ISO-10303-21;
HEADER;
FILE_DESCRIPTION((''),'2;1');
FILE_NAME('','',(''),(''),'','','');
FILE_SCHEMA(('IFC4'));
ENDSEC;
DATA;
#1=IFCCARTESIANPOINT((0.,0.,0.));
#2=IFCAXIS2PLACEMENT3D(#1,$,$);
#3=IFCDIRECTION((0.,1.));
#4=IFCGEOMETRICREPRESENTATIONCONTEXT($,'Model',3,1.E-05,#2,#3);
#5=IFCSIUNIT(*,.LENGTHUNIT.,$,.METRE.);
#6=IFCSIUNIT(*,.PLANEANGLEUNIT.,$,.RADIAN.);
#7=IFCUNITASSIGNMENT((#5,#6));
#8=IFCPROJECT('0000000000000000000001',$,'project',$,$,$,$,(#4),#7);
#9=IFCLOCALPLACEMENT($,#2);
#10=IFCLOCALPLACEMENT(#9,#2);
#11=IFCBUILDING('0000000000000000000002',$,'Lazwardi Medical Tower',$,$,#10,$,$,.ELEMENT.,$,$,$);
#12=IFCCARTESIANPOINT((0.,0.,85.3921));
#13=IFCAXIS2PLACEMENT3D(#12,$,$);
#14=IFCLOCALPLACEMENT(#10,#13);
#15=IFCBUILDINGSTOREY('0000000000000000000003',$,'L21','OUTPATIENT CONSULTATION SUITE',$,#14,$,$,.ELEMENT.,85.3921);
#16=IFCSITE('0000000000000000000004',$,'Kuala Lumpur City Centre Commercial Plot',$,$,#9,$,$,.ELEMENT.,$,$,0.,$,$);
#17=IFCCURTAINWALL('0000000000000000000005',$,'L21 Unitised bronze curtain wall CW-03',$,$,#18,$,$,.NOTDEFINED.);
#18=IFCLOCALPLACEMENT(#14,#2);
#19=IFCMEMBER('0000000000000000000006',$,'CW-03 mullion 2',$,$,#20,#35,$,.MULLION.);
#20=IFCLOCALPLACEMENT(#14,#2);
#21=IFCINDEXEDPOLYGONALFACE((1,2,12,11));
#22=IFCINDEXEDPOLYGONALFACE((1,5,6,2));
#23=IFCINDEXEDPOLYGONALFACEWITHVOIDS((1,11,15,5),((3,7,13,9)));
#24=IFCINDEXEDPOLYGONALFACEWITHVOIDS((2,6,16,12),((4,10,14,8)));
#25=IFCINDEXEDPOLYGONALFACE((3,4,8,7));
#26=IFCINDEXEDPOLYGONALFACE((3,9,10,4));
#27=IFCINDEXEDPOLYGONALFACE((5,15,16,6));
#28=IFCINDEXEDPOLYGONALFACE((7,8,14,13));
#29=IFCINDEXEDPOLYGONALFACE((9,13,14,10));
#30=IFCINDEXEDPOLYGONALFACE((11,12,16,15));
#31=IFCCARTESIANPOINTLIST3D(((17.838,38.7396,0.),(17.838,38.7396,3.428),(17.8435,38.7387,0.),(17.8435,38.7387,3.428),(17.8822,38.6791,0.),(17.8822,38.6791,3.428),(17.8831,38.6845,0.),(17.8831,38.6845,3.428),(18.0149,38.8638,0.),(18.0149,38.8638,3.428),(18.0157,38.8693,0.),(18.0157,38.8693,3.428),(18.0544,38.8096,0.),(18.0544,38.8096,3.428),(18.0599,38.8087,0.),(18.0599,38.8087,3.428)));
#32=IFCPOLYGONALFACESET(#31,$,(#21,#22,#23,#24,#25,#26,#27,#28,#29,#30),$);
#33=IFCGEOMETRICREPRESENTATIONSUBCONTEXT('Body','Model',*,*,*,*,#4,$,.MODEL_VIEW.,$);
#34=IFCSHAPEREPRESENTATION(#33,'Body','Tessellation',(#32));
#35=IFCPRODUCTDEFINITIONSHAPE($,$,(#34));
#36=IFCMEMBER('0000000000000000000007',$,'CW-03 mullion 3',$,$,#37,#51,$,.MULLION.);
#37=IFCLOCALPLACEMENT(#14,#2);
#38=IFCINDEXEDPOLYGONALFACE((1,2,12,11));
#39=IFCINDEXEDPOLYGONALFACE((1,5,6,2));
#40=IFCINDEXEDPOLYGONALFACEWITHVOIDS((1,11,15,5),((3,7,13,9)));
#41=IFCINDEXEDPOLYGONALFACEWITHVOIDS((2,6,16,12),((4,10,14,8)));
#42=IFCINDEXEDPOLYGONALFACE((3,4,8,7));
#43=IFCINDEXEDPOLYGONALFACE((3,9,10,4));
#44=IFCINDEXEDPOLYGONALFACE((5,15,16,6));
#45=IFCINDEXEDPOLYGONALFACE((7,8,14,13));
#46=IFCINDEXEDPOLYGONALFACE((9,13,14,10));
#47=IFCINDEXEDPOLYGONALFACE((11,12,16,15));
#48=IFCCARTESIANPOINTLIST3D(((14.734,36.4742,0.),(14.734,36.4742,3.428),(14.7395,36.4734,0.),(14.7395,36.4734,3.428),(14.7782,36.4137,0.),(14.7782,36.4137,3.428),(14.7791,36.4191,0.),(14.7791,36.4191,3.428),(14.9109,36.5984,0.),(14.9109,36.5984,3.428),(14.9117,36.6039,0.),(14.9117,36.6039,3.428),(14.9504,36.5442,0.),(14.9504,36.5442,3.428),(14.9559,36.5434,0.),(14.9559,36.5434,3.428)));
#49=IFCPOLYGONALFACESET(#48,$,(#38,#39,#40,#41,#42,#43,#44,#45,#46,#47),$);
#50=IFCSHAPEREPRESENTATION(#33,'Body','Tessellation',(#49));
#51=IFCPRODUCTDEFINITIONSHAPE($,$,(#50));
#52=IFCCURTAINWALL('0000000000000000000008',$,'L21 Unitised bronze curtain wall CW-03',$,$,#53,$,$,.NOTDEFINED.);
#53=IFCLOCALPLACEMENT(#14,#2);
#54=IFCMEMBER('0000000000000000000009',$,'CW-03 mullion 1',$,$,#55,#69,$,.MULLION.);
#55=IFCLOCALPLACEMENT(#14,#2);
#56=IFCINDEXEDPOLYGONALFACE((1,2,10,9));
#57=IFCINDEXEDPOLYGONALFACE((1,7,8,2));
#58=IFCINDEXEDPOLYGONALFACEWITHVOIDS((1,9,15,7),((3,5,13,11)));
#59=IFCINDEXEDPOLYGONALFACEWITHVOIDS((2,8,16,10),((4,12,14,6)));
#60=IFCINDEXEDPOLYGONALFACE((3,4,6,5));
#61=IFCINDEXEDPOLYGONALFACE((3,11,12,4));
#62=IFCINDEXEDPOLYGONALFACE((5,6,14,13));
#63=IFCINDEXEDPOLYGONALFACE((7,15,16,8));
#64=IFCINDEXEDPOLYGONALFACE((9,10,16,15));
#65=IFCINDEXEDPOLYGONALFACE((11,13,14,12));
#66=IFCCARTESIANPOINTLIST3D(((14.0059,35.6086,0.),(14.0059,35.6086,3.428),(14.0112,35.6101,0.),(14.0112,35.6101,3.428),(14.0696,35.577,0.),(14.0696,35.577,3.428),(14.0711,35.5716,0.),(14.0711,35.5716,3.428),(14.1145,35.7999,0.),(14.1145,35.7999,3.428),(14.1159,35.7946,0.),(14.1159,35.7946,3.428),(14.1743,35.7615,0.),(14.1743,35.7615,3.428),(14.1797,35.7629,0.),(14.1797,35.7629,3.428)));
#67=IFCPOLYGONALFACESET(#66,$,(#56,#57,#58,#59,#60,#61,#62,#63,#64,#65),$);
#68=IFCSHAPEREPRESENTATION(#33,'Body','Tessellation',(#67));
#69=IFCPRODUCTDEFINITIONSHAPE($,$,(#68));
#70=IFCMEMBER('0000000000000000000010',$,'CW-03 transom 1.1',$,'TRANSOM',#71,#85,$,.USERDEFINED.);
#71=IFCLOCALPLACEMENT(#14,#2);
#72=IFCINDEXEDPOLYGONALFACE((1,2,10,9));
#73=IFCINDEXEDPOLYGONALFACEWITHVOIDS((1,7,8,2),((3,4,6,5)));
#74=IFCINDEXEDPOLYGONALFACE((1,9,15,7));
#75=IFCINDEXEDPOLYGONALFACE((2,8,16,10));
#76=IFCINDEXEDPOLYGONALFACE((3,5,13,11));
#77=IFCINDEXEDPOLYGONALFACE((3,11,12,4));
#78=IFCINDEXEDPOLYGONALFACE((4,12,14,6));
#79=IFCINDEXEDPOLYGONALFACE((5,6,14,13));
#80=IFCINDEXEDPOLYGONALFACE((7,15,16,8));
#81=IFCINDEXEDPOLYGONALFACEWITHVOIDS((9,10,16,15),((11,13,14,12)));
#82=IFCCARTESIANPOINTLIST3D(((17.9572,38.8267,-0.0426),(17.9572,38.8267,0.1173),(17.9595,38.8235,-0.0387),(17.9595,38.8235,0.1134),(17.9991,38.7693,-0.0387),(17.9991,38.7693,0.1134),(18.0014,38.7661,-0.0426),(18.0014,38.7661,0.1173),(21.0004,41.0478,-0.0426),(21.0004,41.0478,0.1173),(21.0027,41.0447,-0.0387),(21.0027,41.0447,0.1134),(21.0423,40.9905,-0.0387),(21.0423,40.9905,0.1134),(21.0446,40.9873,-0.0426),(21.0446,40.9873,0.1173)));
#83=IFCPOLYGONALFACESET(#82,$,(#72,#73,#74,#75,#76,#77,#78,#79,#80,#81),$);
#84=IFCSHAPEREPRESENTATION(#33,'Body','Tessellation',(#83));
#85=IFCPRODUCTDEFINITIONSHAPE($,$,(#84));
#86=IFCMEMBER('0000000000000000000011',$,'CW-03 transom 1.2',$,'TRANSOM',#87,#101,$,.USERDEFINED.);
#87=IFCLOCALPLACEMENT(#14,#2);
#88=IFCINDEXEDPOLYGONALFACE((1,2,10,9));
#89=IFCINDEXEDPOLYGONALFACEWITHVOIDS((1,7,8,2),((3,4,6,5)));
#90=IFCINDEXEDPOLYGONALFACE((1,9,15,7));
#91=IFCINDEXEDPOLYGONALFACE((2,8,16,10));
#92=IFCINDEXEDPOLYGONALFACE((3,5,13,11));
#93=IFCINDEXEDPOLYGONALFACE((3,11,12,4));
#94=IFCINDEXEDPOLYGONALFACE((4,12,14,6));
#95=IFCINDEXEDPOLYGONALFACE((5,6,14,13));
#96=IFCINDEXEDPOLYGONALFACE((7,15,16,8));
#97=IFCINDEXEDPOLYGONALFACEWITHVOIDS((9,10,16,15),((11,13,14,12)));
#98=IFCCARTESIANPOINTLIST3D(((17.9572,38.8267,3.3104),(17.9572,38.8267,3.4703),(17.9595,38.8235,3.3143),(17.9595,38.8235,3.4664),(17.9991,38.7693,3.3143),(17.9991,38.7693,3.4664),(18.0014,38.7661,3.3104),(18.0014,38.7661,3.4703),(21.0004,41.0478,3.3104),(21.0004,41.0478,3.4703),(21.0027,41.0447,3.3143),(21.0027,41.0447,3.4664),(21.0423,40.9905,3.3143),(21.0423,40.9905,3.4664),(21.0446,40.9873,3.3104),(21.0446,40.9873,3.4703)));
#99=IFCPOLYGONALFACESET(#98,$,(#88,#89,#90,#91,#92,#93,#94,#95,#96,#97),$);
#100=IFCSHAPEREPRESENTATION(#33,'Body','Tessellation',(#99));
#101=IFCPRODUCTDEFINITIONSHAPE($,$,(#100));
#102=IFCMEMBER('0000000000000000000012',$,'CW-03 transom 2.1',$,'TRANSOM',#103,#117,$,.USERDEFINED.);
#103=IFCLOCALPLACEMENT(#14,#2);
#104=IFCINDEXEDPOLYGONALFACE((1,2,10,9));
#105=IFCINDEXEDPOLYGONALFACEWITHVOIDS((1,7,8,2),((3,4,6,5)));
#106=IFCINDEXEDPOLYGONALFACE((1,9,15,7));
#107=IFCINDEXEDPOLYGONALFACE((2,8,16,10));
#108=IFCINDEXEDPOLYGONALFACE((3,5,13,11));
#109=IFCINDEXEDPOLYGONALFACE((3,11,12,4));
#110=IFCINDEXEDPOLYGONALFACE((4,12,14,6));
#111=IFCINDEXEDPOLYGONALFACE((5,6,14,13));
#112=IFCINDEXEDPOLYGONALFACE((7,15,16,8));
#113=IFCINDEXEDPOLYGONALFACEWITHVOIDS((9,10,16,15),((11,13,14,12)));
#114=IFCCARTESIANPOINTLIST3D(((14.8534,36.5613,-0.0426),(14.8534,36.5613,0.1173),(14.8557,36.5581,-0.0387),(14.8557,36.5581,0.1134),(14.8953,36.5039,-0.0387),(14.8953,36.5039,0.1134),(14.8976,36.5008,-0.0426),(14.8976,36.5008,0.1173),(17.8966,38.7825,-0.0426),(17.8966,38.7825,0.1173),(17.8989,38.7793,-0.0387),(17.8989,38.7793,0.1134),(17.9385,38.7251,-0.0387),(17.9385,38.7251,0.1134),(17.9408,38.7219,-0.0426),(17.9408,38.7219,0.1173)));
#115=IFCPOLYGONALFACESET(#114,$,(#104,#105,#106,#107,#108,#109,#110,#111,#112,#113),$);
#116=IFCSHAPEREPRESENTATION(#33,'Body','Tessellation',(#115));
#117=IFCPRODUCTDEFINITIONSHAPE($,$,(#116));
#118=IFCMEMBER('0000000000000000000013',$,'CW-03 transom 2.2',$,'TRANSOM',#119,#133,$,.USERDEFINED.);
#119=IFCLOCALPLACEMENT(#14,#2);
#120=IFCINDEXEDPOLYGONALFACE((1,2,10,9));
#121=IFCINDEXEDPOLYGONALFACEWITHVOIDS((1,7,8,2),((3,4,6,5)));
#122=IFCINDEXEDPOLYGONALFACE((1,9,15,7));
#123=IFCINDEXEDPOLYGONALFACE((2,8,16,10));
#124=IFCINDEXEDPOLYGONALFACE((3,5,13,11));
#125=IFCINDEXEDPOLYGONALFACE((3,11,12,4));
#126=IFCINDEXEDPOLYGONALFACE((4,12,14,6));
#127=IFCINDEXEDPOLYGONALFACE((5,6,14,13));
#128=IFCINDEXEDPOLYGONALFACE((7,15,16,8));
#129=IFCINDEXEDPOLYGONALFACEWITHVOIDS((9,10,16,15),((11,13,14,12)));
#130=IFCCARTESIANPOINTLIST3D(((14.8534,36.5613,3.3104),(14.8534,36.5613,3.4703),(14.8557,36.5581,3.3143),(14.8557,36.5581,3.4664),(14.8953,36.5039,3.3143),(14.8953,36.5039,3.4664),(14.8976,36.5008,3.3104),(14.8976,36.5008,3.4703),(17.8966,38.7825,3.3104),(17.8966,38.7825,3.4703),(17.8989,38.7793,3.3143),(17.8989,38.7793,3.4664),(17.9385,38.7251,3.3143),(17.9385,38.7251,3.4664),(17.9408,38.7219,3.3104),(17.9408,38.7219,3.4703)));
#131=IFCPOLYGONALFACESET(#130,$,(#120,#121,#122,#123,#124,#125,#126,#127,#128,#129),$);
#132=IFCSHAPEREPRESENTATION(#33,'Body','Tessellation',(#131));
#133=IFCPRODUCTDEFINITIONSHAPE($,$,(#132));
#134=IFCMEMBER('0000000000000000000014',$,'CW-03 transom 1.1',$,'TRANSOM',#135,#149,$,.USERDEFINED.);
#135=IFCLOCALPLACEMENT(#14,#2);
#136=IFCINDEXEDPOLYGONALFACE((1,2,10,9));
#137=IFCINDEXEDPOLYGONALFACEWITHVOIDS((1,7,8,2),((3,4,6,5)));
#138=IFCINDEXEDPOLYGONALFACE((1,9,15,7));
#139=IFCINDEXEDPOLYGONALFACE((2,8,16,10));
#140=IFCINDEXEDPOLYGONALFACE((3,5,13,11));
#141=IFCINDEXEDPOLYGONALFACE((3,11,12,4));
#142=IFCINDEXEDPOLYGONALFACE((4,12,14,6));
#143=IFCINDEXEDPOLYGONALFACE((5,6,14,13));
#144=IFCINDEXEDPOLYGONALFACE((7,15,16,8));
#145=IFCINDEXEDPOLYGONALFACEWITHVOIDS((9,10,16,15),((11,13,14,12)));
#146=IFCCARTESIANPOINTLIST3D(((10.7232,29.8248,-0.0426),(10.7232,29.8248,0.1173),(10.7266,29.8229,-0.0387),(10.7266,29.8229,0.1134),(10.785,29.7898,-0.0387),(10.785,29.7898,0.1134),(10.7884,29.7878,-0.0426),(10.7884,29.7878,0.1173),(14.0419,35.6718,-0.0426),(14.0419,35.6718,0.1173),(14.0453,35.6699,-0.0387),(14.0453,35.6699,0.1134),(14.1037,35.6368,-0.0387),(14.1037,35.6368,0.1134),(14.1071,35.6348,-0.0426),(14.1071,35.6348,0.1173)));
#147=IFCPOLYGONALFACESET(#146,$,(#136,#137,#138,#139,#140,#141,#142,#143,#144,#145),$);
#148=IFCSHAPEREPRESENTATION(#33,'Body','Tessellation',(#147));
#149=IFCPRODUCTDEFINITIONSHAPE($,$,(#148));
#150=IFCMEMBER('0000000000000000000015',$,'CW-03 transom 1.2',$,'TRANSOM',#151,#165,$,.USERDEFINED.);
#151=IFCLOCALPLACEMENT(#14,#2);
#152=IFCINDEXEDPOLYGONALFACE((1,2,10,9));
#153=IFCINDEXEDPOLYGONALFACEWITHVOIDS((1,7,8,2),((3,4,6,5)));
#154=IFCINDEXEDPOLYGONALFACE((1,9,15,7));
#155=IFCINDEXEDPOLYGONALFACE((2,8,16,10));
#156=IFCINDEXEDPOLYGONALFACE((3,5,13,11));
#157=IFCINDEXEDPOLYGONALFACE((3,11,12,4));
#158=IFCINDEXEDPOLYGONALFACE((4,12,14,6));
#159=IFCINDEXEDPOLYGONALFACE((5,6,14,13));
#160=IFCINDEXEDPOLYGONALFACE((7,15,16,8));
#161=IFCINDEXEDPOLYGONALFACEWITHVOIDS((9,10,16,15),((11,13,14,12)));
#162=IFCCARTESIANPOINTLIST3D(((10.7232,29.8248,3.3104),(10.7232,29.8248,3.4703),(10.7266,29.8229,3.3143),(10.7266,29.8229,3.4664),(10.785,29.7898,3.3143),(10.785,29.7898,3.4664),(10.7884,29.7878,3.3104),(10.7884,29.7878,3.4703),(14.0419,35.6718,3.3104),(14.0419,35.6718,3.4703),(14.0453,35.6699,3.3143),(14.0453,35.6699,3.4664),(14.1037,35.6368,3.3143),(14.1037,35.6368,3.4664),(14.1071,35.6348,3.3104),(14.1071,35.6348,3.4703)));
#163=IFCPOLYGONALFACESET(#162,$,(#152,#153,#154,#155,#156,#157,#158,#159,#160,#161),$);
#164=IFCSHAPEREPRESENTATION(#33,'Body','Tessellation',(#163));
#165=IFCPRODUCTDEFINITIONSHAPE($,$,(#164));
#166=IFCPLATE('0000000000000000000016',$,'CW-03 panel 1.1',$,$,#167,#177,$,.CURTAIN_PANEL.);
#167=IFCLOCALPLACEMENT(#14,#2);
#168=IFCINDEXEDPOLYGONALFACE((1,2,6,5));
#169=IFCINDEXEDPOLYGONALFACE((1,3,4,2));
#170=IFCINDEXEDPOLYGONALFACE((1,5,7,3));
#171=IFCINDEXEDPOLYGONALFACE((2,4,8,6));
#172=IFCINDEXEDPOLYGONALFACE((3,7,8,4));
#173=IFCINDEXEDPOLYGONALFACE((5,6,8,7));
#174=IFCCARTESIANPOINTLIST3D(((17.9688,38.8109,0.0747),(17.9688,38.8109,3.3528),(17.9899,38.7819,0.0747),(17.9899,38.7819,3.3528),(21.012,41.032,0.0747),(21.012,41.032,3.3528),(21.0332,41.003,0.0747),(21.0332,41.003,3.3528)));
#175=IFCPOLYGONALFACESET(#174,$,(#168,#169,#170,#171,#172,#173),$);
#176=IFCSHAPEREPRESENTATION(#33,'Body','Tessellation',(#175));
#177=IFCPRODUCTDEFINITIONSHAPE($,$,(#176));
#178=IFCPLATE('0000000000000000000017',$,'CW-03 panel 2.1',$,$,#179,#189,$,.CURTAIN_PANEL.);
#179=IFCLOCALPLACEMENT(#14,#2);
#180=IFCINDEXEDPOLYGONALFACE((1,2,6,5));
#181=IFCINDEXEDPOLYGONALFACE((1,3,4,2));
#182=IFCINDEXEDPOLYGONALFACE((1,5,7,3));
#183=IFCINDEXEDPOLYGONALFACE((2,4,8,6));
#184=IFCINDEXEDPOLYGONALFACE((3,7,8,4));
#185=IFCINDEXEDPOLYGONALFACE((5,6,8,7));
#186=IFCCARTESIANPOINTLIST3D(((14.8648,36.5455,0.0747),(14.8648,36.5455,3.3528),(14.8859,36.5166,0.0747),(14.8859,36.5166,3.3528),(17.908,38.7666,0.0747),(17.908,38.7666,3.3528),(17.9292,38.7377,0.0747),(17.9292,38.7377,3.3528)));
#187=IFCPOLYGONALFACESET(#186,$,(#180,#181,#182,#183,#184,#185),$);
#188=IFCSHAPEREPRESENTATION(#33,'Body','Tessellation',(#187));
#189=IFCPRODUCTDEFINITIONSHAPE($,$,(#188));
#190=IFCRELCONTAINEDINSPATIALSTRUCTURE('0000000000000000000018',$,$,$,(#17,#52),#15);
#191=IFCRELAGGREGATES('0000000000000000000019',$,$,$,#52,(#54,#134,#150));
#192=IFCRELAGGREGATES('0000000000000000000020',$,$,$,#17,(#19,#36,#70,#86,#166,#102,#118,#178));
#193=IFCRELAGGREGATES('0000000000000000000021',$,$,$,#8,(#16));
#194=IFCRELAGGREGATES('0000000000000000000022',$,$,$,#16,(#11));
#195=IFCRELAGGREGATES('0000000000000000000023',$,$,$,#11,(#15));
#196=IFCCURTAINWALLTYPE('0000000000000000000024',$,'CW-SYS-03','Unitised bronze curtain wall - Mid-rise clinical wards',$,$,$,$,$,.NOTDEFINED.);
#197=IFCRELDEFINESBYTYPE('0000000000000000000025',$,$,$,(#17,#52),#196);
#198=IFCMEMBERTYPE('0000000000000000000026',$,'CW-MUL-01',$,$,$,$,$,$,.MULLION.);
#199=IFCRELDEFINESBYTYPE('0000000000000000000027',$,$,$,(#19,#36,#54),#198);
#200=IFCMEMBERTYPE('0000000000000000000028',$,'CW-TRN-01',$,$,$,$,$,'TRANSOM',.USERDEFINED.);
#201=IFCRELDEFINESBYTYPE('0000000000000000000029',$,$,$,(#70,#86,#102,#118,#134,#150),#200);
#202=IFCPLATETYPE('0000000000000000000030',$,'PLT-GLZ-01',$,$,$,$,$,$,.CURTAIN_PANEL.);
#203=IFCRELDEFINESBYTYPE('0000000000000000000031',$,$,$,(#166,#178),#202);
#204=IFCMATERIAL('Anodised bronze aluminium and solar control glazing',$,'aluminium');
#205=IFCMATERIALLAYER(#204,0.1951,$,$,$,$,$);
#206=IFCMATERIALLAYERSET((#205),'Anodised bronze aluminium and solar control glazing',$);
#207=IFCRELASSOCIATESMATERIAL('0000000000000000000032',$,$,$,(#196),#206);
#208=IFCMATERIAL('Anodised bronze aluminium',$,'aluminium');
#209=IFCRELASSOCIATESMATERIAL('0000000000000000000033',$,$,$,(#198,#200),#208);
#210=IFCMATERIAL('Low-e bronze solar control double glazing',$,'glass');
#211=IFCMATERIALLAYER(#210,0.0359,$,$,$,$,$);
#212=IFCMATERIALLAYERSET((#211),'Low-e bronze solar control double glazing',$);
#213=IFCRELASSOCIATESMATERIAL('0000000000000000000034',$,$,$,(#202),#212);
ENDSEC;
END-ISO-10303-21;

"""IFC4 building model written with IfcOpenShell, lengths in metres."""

from ifc_helpers import new_model, si_unit, direction, frame, origin, origin_2d, place, context, subcontext, project, spatial, rectangle, hollow_rectangle, extrude, material, layer, layer_set, material_profile, profile_set, type_object, element, aggregate, save


model = new_model("IFC4")

# Units and contexts
model_context = context("Model", 3, precision=1e-05, world=origin(), true_north=direction((0.0, 1.0)))
body_context = subcontext(model_context, "Body", "Model", "MODEL_VIEW")
ifc_project = project(units=[si_unit("LENGTHUNIT", "METRE"), si_unit("PLANEANGLEUNIT", "RADIAN")], contexts=[model_context])

# Site, building, storey
site_placement = place(None, origin())
site = spatial("IfcSite", under=ifc_project, at=site_placement, Name="Kuala Lumpur City Centre Commercial Plot", CompositionType="ELEMENT", RefElevation=0.0)
building_placement = place(site_placement, origin())
building = spatial("IfcBuilding", under=site, at=building_placement, Name="Lazwardi Medical Tower", CompositionType="ELEMENT")
storey_placement = place(building_placement, frame((0.0, 0.0, 85.3921)))
storey = spatial("IfcBuildingStorey", under=building, at=storey_placement, Name="L21", Description="OUTPATIENT CONSULTATION SUITE", CompositionType="ELEMENT", Elevation=85.3921)

# Shared definitions
ifc_material_1 = material(Name="Anodised bronze aluminium and solar control glazing", Category="aluminium")
ifc_layer_1 = layer(ifc_material_1, 0.1951)
ifc_layer_set_1 = layer_set([ifc_layer_1], Name="Anodised bronze aluminium and solar control glazing")
curtain_wall_type = type_object("IfcCurtainWallType", Name="CW-SYS-03", Description="Unitised bronze curtain wall - Mid-rise clinical wards", PredefinedType="NOTDEFINED", material=ifc_layer_set_1)
ifc_material_2 = material(Name="Anodised bronze aluminium", Category="aluminium")
ifc_material_profile_1 = material_profile(ifc_material_2, hollow_rectangle(XDim=0.075, YDim=0.22, WallThickness=0.0039, at=origin_2d()), Name="ALU-MULLION 220x75x4")
ifc_profile_set_1 = profile_set([ifc_material_profile_1], Name="Anodised bronze aluminium")
member_type_1 = type_object("IfcMemberType", Name="CW-MUL-01", PredefinedType="MULLION", material=ifc_profile_set_1)

# Curtain wall, members
curtain_wall_1_placement = place(storey_placement, origin())
curtain_wall_1 = element("IfcCurtainWall", 1, at=curtain_wall_1_placement, inside=storey, type_object=curtain_wall_type, Name="L21 Unitised bronze curtain wall CW-03", PredefinedType="NOTDEFINED")
member_1_placement = place(storey_placement, frame((17.949, 38.7742, 0.0), z_axis=(0.0, 0.0, 1.0), x_axis=(0.589531, -0.807746, 0.0)))
member_1 = element("IfcMember", 2, at=member_1_placement, type_object=member_type_1, Name="CW-03 mullion 2", PredefinedType="MULLION", context=body_context, shape_type="SweptSolid", body=[
    extrude(hollow_rectangle(XDim=0.075, YDim=0.22, WallThickness=0.0039, at=origin_2d()), origin(), (0.0, 0.0, 1.0), 3.428),
])
member_2_placement = place(storey_placement, frame((14.845, 36.5088, 0.0), z_axis=(0.0, 0.0, 1.0), x_axis=(0.589531, -0.807746, 0.0)))
member_2 = element("IfcMember", 3, at=member_2_placement, type_object=member_type_1, Name="CW-03 mullion 3", PredefinedType="MULLION", context=body_context, shape_type="SweptSolid", body=[
    extrude(hollow_rectangle(XDim=0.075, YDim=0.22, WallThickness=0.0039, at=origin_2d()), origin(), (0.0, 0.0, 1.0), 3.428),
])

# Curtain wall, member
curtain_wall_2_placement = place(storey_placement, origin())
curtain_wall_2 = element("IfcCurtainWall", 4, at=curtain_wall_2_placement, inside=storey, type_object=curtain_wall_type, Name="L21 Unitised bronze curtain wall CW-03", PredefinedType="NOTDEFINED")
member_3_placement = place(storey_placement, frame((14.0928, 35.6858, 0.0), z_axis=(0.0, 0.0, 1.0), x_axis=(0.869687, -0.493603, 0.0)))
member_3 = element("IfcMember", 5, at=member_3_placement, type_object=member_type_1, Name="CW-03 mullion 1", PredefinedType="MULLION", context=body_context, shape_type="SweptSolid", body=[
    extrude(hollow_rectangle(XDim=0.075, YDim=0.22, WallThickness=0.0039, at=origin_2d()), origin(), (0.0, 0.0, 1.0), 3.428),
])

# Members
ifc_material_profile_2 = material_profile(ifc_material_2, hollow_rectangle(XDim=0.075, YDim=0.1599, WallThickness=0.0039, at=origin_2d()), Name="ALU-TRANSOM 160x75x4")
ifc_profile_set_2 = profile_set([ifc_material_profile_2], Name="Anodised bronze aluminium")
member_type_2 = type_object("IfcMemberType", Name="CW-TRN-01", ElementType="TRANSOM", PredefinedType="USERDEFINED", material=ifc_profile_set_2)
member_4_placement = place(storey_placement, frame((21.0225, 41.0176, 0.0374), z_axis=(-0.807732, -0.58955, 0.0), x_axis=(0.58955, -0.807732, 0.0)))
member_4 = element("IfcMember", 6, at=member_4_placement, type_object=member_type_2, Name="CW-03 transom 1.1", ObjectType="TRANSOM", PredefinedType="USERDEFINED", context=body_context, shape_type="SweptSolid", body=[
    extrude(hollow_rectangle(XDim=0.075, YDim=0.1599, WallThickness=0.0039, at=origin_2d()), origin(), (0.0, 0.0, 1.0), 3.7676),
])
member_5_placement = place(storey_placement, frame((21.0225, 41.0176, 3.3904), z_axis=(-0.807732, -0.58955, 0.0), x_axis=(0.58955, -0.807732, 0.0)))
member_5 = element("IfcMember", 7, at=member_5_placement, type_object=member_type_2, Name="CW-03 transom 1.2", ObjectType="TRANSOM", PredefinedType="USERDEFINED", context=body_context, shape_type="SweptSolid", body=[
    extrude(hollow_rectangle(XDim=0.075, YDim=0.1599, WallThickness=0.0039, at=origin_2d()), origin(), (0.0, 0.0, 1.0), 3.7676),
])
member_6_placement = place(storey_placement, frame((17.9187, 38.7522, 0.0374), z_axis=(-0.807732, -0.58955, 0.0), x_axis=(0.58955, -0.807732, 0.0)))
member_6 = element("IfcMember", 8, at=member_6_placement, type_object=member_type_2, Name="CW-03 transom 2.1", ObjectType="TRANSOM", PredefinedType="USERDEFINED", context=body_context, shape_type="SweptSolid", body=[
    extrude(hollow_rectangle(XDim=0.075, YDim=0.1599, WallThickness=0.0039, at=origin_2d()), origin(), (0.0, 0.0, 1.0), 3.7676),
])
member_7_placement = place(storey_placement, frame((17.9187, 38.7522, 3.3904), z_axis=(-0.807732, -0.58955, 0.0), x_axis=(0.58955, -0.807732, 0.0)))
member_7 = element("IfcMember", 9, at=member_7_placement, type_object=member_type_2, Name="CW-03 transom 2.2", ObjectType="TRANSOM", PredefinedType="USERDEFINED", context=body_context, shape_type="SweptSolid", body=[
    extrude(hollow_rectangle(XDim=0.075, YDim=0.1599, WallThickness=0.0039, at=origin_2d()), origin(), (0.0, 0.0, 1.0), 3.7676),
])
member_8_placement = place(storey_placement, frame((14.0745, 35.6533, 0.0374), z_axis=(-0.493614, -0.869681, 0.0), x_axis=(0.869681, -0.493614, 0.0)))
member_8 = element("IfcMember", 10, at=member_8_placement, type_object=member_type_2, Name="CW-03 transom 1.1", ObjectType="TRANSOM", PredefinedType="USERDEFINED", context=body_context, shape_type="SweptSolid", body=[
    extrude(hollow_rectangle(XDim=0.075, YDim=0.1599, WallThickness=0.0039, at=origin_2d()), origin(), (0.0, 0.0, 1.0), 6.7231),
])
member_9_placement = place(storey_placement, frame((14.0745, 35.6533, 3.3904), z_axis=(-0.493614, -0.869681, 0.0), x_axis=(0.869681, -0.493614, 0.0)))
member_9 = element("IfcMember", 11, at=member_9_placement, type_object=member_type_2, Name="CW-03 transom 1.2", ObjectType="TRANSOM", PredefinedType="USERDEFINED", context=body_context, shape_type="SweptSolid", body=[
    extrude(hollow_rectangle(XDim=0.075, YDim=0.1599, WallThickness=0.0039, at=origin_2d()), origin(), (0.0, 0.0, 1.0), 6.7231),
])
aggregate(curtain_wall_2, [member_3, member_8, member_9])

# Plates
ifc_material_3 = material(Name="Low-e bronze solar control double glazing", Category="glass")
ifc_layer_2 = layer(ifc_material_3, 0.0359)
ifc_layer_set_2 = layer_set([ifc_layer_2], Name="Low-e bronze solar control double glazing")
plate_type = type_object("IfcPlateType", Name="PLT-GLZ-01", PredefinedType="CURTAIN_PANEL", material=ifc_layer_set_2)
plate_1_placement = place(storey_placement, frame((19.501, 39.907, 0.0747), z_axis=(0.0, 0.0, 1.0), x_axis=(-0.807746, -0.589531, 0.0)))
plate_1 = element("IfcPlate", 12, at=plate_1_placement, type_object=plate_type, Name="CW-03 panel 1.1", PredefinedType="CURTAIN_PANEL", context=body_context, shape_type="SweptSolid", body=[
    extrude(rectangle(XDim=3.7676, YDim=0.0359, at=origin_2d()), origin(), (0.0, 0.0, 1.0), 3.2781),
])
plate_2_placement = place(storey_placement, frame((16.397, 37.6416, 0.0747), z_axis=(0.0, 0.0, 1.0), x_axis=(-0.807746, -0.589531, 0.0)))
plate_2 = element("IfcPlate", 13, at=plate_2_placement, type_object=plate_type, Name="CW-03 panel 2.1", PredefinedType="CURTAIN_PANEL", context=body_context, shape_type="SweptSolid", body=[
    extrude(rectangle(XDim=3.7676, YDim=0.0359, at=origin_2d()), origin(), (0.0, 0.0, 1.0), 3.2781),
])
aggregate(curtain_wall_1, [member_1, member_2, member_4, member_5, plate_1, member_6, member_7, plate_2])

save(model, "model.ifc")
